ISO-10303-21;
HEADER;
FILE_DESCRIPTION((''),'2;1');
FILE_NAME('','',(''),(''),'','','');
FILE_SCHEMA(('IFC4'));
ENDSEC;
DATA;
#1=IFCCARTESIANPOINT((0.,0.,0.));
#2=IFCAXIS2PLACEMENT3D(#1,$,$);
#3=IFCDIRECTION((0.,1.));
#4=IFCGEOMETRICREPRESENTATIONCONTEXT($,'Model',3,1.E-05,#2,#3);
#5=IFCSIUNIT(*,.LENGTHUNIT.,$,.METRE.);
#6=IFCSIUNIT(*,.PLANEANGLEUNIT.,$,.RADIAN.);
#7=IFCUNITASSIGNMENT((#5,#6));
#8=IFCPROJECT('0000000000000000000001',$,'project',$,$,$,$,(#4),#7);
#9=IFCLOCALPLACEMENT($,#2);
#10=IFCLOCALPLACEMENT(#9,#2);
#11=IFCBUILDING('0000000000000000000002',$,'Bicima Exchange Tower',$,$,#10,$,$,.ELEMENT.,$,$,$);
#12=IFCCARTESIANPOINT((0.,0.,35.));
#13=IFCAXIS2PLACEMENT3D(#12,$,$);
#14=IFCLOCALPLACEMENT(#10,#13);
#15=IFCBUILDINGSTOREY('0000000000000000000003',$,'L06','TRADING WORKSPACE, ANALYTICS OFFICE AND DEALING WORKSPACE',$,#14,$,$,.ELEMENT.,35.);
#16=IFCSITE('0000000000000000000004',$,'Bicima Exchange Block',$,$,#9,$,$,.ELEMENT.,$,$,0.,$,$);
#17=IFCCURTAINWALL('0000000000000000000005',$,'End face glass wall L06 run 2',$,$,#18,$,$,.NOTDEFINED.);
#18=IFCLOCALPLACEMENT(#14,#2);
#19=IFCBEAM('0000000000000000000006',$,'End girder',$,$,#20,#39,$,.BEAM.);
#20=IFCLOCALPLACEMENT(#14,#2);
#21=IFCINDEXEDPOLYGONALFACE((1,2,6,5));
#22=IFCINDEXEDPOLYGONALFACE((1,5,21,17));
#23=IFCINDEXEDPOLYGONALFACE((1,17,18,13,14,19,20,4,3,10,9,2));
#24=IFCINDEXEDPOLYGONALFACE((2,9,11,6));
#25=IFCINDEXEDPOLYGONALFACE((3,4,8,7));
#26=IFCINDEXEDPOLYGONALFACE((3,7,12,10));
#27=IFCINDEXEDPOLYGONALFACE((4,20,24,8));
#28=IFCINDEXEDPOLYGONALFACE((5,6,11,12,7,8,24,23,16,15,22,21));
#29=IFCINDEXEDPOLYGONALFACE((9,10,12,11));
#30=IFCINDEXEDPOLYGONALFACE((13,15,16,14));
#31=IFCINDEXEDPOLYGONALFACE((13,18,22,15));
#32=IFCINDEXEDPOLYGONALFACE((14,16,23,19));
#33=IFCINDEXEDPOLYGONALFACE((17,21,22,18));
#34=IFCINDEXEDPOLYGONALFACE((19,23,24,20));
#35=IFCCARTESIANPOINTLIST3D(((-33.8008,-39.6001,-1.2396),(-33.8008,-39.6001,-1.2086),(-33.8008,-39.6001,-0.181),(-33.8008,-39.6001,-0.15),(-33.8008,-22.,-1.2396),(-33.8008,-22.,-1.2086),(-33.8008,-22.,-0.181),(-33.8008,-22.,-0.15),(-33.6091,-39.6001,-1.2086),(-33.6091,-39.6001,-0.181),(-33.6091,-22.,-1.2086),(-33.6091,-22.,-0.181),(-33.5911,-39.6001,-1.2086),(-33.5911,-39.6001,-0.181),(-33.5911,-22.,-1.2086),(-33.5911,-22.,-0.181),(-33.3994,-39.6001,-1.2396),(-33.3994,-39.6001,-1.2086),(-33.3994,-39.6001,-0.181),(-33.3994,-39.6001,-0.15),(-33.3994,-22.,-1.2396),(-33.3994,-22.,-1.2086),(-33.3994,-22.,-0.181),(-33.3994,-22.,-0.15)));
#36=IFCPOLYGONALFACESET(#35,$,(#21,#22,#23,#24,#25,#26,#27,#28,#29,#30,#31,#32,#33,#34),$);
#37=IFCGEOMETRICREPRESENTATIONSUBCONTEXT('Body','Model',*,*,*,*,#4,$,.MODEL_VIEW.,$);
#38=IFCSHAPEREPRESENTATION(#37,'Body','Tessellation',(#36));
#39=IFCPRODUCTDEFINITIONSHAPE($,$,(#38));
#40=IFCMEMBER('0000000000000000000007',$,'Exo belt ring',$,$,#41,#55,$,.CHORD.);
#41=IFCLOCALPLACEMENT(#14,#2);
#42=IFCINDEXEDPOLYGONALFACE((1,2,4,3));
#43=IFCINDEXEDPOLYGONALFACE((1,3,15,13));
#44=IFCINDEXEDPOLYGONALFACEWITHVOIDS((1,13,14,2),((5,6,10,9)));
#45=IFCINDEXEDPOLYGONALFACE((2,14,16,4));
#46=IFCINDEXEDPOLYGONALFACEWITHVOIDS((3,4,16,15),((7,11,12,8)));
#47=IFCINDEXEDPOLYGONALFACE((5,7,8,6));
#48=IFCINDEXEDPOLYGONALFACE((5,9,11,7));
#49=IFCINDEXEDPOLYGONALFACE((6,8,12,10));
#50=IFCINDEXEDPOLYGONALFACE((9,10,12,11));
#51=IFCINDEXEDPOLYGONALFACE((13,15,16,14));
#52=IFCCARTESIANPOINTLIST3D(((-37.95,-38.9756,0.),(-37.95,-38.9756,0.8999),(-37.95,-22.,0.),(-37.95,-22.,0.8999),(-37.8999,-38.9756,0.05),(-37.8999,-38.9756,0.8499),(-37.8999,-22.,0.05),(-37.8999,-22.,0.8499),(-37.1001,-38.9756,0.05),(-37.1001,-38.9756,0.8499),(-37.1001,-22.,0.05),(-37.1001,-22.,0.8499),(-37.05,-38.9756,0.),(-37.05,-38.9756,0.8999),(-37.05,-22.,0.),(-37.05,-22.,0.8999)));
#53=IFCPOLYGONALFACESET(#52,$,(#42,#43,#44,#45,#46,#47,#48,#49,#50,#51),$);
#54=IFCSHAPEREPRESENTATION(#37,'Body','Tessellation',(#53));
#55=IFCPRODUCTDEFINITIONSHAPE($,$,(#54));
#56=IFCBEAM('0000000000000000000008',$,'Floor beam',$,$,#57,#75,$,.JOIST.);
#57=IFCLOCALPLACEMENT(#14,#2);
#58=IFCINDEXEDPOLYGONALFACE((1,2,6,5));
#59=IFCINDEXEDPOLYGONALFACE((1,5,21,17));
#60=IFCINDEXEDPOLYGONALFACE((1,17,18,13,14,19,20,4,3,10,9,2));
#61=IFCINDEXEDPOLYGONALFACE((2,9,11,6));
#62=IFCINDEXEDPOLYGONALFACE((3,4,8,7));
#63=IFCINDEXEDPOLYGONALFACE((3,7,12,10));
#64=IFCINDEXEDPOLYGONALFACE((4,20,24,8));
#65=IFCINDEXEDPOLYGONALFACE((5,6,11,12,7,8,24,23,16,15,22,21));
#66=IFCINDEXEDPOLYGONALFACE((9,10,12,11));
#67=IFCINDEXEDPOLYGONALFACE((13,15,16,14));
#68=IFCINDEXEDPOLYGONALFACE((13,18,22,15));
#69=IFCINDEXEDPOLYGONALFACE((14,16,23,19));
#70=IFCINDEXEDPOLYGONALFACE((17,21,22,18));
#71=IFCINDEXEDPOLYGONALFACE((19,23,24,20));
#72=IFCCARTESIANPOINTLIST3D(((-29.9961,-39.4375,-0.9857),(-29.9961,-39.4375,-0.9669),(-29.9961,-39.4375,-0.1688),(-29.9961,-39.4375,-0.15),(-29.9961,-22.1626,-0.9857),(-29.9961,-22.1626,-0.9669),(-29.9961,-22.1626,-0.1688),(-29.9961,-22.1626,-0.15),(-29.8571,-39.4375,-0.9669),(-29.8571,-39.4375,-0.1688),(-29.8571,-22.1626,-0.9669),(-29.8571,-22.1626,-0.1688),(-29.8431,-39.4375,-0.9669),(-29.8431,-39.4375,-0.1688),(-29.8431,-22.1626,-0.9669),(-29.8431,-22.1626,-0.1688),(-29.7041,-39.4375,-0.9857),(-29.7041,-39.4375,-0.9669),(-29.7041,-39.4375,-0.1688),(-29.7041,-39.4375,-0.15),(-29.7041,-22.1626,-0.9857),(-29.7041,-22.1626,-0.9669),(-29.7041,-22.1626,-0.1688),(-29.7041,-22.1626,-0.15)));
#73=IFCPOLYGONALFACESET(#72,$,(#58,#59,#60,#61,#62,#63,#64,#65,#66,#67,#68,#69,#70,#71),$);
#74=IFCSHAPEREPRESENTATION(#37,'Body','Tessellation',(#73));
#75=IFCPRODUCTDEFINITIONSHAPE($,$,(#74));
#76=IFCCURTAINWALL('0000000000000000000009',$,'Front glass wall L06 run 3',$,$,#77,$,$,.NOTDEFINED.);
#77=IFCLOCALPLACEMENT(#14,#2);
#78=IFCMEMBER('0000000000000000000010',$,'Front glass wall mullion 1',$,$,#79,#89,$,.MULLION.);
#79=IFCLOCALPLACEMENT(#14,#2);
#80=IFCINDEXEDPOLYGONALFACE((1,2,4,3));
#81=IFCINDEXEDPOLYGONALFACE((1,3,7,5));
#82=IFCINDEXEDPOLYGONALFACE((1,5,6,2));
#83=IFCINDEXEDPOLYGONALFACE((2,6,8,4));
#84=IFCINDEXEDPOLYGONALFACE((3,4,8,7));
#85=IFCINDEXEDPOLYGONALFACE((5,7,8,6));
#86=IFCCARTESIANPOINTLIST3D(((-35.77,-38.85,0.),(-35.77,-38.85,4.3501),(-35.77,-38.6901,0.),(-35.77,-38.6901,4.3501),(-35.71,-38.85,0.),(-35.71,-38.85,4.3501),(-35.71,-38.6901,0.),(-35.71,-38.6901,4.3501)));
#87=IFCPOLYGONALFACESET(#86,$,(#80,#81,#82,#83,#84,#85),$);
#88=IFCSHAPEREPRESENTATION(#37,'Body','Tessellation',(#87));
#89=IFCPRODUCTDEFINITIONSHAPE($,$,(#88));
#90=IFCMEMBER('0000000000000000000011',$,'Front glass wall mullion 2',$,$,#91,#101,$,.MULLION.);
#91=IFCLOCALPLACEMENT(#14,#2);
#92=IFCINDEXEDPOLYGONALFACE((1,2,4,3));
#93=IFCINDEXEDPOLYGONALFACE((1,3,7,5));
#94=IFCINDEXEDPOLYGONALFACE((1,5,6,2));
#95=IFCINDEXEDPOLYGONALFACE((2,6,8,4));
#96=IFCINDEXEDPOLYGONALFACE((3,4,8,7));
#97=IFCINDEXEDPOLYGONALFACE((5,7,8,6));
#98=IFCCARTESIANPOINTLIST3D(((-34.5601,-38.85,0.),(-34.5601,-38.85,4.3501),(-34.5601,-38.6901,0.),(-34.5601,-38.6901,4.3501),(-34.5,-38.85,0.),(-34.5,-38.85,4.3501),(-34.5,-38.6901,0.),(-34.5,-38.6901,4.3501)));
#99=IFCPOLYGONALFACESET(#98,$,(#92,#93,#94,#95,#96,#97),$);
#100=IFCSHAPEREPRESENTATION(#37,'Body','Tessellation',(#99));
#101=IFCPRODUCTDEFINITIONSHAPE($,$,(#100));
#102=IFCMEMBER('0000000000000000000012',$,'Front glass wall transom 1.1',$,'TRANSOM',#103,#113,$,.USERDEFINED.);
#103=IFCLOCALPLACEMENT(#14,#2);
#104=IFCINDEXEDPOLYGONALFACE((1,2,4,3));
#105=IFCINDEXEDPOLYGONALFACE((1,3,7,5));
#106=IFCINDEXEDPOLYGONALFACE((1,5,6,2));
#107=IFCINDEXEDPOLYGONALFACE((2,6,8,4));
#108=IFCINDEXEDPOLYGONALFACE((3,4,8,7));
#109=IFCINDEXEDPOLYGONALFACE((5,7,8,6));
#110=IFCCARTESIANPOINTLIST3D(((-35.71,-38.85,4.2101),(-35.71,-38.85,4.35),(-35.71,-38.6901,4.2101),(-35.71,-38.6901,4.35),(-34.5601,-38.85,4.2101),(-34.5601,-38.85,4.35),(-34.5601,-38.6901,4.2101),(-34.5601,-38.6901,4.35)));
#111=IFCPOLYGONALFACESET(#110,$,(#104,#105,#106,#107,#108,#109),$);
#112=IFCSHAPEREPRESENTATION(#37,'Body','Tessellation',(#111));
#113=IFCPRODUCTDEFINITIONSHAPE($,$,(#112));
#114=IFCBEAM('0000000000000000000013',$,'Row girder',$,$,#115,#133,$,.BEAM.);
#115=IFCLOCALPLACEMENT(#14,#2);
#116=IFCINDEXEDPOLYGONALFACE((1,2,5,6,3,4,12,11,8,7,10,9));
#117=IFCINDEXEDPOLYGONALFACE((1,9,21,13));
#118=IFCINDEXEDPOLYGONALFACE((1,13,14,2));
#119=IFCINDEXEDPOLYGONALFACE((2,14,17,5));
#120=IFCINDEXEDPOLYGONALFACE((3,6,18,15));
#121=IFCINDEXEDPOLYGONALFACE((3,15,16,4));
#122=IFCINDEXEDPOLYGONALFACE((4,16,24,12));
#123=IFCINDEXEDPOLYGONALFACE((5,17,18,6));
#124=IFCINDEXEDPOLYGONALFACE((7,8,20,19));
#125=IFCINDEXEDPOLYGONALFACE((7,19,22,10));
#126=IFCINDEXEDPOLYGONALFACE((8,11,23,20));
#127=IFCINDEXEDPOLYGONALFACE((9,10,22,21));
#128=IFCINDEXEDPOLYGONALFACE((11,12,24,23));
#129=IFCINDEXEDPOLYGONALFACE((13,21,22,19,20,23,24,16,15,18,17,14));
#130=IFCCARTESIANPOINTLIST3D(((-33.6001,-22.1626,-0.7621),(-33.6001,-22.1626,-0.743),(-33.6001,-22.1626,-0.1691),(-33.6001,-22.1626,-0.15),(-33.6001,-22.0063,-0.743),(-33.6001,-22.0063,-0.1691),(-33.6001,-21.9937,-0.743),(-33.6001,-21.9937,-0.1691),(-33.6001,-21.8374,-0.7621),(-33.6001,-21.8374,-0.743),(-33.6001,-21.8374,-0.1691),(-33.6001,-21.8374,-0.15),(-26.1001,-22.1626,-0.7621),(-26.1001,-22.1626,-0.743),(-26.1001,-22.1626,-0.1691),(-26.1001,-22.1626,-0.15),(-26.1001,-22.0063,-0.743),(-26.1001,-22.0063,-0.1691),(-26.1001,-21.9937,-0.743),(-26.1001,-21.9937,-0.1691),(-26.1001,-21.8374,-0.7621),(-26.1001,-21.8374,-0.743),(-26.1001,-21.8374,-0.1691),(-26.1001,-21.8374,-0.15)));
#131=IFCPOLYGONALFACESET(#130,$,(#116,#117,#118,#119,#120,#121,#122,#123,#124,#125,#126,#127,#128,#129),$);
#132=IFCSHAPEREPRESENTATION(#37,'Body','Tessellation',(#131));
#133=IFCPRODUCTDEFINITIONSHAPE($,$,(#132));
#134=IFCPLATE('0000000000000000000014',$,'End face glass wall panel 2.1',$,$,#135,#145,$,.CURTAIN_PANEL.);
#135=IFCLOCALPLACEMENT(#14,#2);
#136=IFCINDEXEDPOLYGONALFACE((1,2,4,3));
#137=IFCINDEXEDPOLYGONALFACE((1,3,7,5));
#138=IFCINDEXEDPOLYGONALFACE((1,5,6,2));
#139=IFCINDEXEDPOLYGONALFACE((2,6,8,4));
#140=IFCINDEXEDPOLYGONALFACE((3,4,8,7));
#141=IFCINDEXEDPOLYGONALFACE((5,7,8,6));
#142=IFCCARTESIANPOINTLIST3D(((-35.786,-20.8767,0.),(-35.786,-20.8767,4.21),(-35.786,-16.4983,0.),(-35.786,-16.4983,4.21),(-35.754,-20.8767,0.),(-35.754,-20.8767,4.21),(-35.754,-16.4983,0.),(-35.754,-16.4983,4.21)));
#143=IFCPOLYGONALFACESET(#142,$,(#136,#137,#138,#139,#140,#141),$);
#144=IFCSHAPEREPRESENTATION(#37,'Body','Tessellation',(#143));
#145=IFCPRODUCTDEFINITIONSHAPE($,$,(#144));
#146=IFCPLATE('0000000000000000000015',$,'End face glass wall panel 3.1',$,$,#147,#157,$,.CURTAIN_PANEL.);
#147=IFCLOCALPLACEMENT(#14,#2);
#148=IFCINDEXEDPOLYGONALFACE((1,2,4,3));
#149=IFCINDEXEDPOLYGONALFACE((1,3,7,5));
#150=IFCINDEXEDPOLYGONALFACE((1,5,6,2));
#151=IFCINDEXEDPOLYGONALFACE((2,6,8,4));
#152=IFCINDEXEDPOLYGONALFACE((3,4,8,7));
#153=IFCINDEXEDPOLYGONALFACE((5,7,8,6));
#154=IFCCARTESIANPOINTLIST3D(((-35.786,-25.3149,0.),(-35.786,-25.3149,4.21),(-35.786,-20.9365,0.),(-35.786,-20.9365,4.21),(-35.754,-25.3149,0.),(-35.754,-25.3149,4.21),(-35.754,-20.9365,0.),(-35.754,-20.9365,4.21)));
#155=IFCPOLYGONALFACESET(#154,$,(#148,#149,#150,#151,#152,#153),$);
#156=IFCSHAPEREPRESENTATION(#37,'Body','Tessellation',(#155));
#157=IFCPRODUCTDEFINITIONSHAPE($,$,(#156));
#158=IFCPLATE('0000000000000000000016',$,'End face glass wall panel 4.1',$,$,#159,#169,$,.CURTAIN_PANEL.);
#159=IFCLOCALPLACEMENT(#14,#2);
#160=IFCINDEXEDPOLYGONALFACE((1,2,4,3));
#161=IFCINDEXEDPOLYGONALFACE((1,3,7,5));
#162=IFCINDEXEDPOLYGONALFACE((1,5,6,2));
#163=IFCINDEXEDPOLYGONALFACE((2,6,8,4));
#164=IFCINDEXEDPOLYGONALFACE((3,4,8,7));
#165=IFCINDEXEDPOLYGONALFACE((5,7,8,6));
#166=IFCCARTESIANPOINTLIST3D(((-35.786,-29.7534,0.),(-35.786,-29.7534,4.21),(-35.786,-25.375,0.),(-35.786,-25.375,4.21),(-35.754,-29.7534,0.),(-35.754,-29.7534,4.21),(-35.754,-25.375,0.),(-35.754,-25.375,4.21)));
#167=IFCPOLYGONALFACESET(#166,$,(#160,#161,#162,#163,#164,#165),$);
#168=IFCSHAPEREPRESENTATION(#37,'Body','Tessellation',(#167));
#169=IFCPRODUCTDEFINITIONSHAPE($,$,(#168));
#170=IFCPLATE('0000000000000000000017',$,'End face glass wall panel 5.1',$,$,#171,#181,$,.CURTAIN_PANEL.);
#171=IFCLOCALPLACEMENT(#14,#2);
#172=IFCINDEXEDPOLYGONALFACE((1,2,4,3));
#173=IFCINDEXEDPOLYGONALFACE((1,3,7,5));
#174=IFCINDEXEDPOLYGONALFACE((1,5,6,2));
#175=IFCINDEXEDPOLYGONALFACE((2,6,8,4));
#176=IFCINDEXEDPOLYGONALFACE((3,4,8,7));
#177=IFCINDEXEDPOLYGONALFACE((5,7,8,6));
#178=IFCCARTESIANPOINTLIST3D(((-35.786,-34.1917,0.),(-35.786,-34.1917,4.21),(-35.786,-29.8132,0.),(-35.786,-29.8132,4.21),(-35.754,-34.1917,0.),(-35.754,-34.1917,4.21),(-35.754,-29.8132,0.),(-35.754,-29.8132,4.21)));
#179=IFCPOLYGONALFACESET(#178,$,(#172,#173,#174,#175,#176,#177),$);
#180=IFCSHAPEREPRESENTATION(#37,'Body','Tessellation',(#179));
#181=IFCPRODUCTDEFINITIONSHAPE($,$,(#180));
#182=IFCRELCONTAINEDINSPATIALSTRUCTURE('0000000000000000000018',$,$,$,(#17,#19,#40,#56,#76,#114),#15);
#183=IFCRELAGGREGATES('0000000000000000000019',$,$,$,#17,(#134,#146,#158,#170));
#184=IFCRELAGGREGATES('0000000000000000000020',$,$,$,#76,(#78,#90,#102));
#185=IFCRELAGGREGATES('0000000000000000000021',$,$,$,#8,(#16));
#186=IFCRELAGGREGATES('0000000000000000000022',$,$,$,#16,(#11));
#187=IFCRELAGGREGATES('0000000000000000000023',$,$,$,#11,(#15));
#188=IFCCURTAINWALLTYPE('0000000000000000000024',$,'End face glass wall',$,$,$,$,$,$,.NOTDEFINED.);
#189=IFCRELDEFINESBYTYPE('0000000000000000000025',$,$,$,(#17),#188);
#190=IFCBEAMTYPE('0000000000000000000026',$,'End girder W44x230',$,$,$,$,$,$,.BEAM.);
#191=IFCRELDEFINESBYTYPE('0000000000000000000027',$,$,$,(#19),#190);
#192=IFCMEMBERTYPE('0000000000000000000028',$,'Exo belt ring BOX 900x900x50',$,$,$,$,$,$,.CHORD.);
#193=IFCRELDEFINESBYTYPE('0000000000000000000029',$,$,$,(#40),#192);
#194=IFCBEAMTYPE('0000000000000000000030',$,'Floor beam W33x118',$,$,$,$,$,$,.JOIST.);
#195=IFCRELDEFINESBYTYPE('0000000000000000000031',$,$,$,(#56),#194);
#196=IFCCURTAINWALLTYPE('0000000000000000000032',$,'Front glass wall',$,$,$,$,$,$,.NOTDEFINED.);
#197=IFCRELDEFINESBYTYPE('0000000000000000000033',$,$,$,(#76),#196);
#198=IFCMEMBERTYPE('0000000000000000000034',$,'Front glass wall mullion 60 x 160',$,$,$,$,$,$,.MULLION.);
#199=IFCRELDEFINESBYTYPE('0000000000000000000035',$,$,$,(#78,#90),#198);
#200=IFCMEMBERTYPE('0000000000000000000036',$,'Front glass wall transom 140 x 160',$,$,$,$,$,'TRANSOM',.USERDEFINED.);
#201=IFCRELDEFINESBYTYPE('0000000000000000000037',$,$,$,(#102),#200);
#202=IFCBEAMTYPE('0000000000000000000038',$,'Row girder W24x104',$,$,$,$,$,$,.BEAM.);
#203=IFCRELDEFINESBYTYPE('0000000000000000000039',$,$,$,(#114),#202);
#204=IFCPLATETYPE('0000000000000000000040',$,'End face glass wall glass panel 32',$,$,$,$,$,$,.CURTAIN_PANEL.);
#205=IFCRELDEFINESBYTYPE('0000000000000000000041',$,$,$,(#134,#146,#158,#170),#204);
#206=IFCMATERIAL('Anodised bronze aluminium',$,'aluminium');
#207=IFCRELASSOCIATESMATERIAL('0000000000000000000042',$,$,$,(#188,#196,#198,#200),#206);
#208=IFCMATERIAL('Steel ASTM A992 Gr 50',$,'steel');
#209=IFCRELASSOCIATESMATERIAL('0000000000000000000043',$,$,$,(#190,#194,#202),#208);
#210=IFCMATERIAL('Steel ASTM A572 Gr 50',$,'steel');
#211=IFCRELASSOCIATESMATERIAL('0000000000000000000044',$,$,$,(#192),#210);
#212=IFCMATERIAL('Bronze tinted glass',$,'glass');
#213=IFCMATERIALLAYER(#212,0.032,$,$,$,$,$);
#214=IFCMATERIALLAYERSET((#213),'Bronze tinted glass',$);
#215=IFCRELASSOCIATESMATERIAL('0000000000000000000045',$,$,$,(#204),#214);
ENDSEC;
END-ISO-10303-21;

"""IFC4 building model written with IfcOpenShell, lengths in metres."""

from ifc_helpers import new_model, si_unit, direction, frame, origin, origin_2d, place, context, subcontext, project, spatial, rectangle, hollow_rectangle, i_section, extrude, material, layer, layer_set, material_profile, profile_set, type_object, element, aggregate, save


model = new_model("IFC4")

# Units and contexts
model_context = context("Model", 3, precision=1e-05, world=origin(), true_north=direction((0.0, 1.0)))
body_context = subcontext(model_context, "Body", "Model", "MODEL_VIEW")
ifc_project = project(units=[si_unit("LENGTHUNIT", "METRE"), si_unit("PLANEANGLEUNIT", "RADIAN")], contexts=[model_context])

# Site, building, storey
site_placement = place(None, origin())
site = spatial("IfcSite", under=ifc_project, at=site_placement, Name="Bicima Exchange Block", CompositionType="ELEMENT", RefElevation=0.0)
building_placement = place(site_placement, origin())
building = spatial("IfcBuilding", under=site, at=building_placement, Name="Bicima Exchange Tower", CompositionType="ELEMENT")
storey_placement = place(building_placement, frame((0.0, 0.0, 35.0)))
storey = spatial("IfcBuildingStorey", under=building, at=storey_placement, Name="L06", Description="TRADING WORKSPACE, ANALYTICS OFFICE AND DEALING WORKSPACE", CompositionType="ELEMENT", Elevation=35.0)

# Shared definitions
ifc_material_1 = material(Name="Steel ASTM A572 Gr 50", Category="steel")
ifc_material_2 = material(Name="Steel ASTM A992 Gr 50", Category="steel")

# Curtain wall
ifc_material_3 = material(Name="Anodised bronze aluminium", Category="aluminium")
curtain_wall_type_1 = type_object("IfcCurtainWallType", Name="End face glass wall", PredefinedType="NOTDEFINED", material=ifc_material_3)
curtain_wall_1_placement = place(storey_placement, origin())
curtain_wall_1 = element("IfcCurtainWall", 1, at=curtain_wall_1_placement, inside=storey, type_object=curtain_wall_type_1, Name="End face glass wall L06 run 2", PredefinedType="NOTDEFINED")
ifc_material_profile_1 = material_profile(ifc_material_3, rectangle(XDim=0.1599, YDim=0.0601, at=origin_2d()))
ifc_profile_set_1 = profile_set([ifc_material_profile_1], Name="Anodised bronze aluminium")
ifc_material_profile_2 = material_profile(ifc_material_3, rectangle(XDim=0.1599, YDim=0.1399, at=origin_2d()))
ifc_profile_set_2 = profile_set([ifc_material_profile_2], Name="Anodised bronze aluminium")

# Beam
ifc_material_profile_3 = material_profile(ifc_material_2, i_section(OverallWidth=0.4014, OverallDepth=1.0896, WebThickness=0.0181, FlangeThickness=0.031, at=origin_2d()))
ifc_profile_set_3 = profile_set([ifc_material_profile_3], Name="Steel ASTM A992 Gr 50")
beam_type_1 = type_object("IfcBeamType", Name="End girder W44x230", PredefinedType="BEAM", material=ifc_profile_set_3)
beam_1_placement = place(storey_placement, frame((-33.6001, -22.0, -0.6948), z_axis=(0.0, -1.0, 0.0), x_axis=(1.0, 0.0, 0.0)))
element("IfcBeam", 2, at=beam_1_placement, inside=storey, type_object=beam_type_1, Name="End girder", PredefinedType="BEAM", context=body_context, shape_type="SweptSolid", body=[
    extrude(i_section(OverallWidth=0.4014, OverallDepth=1.0896, WebThickness=0.0181, FlangeThickness=0.031, at=origin_2d()), origin(), (0.0, 0.0, 1.0), 17.6001),
])

# Member
ifc_material_profile_4 = material_profile(ifc_material_1, hollow_rectangle(XDim=0.8999, YDim=0.8999, WallThickness=0.05, at=origin_2d()))
ifc_profile_set_4 = profile_set([ifc_material_profile_4], Name="Steel ASTM A572 Gr 50")
member_type_1 = type_object("IfcMemberType", Name="Exo belt ring BOX 900x900x50", PredefinedType="CHORD", material=ifc_profile_set_4)
member_1_placement = place(storey_placement, frame((-37.5, -22.0, 0.45), z_axis=(0.0, -1.0, 0.0), x_axis=(1.0, 0.0, 0.0)))
element("IfcMember", 3, at=member_1_placement, inside=storey, type_object=member_type_1, Name="Exo belt ring", PredefinedType="CHORD", context=body_context, shape_type="SweptSolid", body=[
    extrude(hollow_rectangle(XDim=0.8999, YDim=0.8999, WallThickness=0.05, at=origin_2d()), origin(), (0.0, 0.0, 1.0), 16.9756),
])

# Beam
ifc_material_profile_5 = material_profile(ifc_material_2, i_section(OverallWidth=0.292, OverallDepth=0.8357, WebThickness=0.0139, FlangeThickness=0.0188, at=origin_2d()))
ifc_profile_set_5 = profile_set([ifc_material_profile_5], Name="Steel ASTM A992 Gr 50")
beam_type_2 = type_object("IfcBeamType", Name="Floor beam W33x118", PredefinedType="JOIST", material=ifc_profile_set_5)
beam_2_placement = place(storey_placement, frame((-29.8501, -22.1626, -0.5679), z_axis=(0.0, -1.0, 0.0), x_axis=(1.0, 0.0, 0.0)))
element("IfcBeam", 4, at=beam_2_placement, inside=storey, type_object=beam_type_2, Name="Floor beam", PredefinedType="JOIST", context=body_context, shape_type="SweptSolid", body=[
    extrude(i_section(OverallWidth=0.292, OverallDepth=0.8357, WebThickness=0.0139, FlangeThickness=0.0188, at=origin_2d()), origin(), (0.0, 0.0, 1.0), 17.2749),
])

# Curtain wall, members
curtain_wall_type_2 = type_object("IfcCurtainWallType", Name="Front glass wall", PredefinedType="NOTDEFINED", material=ifc_material_3)
curtain_wall_2_placement = place(storey_placement, origin())
curtain_wall_2 = element("IfcCurtainWall", 5, at=curtain_wall_2_placement, inside=storey, type_object=curtain_wall_type_2, Name="Front glass wall L06 run 3", PredefinedType="NOTDEFINED")
member_type_2 = type_object("IfcMemberType", Name="Front glass wall mullion 60 x 160", PredefinedType="MULLION", material=ifc_profile_set_1)
member_2_placement = place(storey_placement, frame((-35.74, -38.77, 0.0), z_axis=(0.0, 0.0, 1.0), x_axis=(0.0, 1.0, 0.0)))
member_2 = element("IfcMember", 6, at=member_2_placement, type_object=member_type_2, Name="Front glass wall mullion 1", PredefinedType="MULLION", context=body_context, shape_type="SweptSolid", body=[
    extrude(rectangle(XDim=0.1599, YDim=0.0601, at=origin_2d()), origin(), (0.0, 0.0, 1.0), 4.3501),
])
member_3_placement = place(storey_placement, frame((-34.53, -38.77, 0.0), z_axis=(0.0, 0.0, 1.0), x_axis=(0.0, 1.0, 0.0)))
member_3 = element("IfcMember", 7, at=member_3_placement, type_object=member_type_2, Name="Front glass wall mullion 2", PredefinedType="MULLION", context=body_context, shape_type="SweptSolid", body=[
    extrude(rectangle(XDim=0.1599, YDim=0.0601, at=origin_2d()), origin(), (0.0, 0.0, 1.0), 4.3501),
])
member_type_3 = type_object("IfcMemberType", Name="Front glass wall transom 140 x 160", ElementType="TRANSOM", PredefinedType="USERDEFINED", material=ifc_profile_set_2)
member_4_placement = place(storey_placement, frame((-35.71, -38.77, 4.28), z_axis=(1.0, 0.0, 0.0), x_axis=(0.0, 1.0, 0.0)))
member_4 = element("IfcMember", 8, at=member_4_placement, type_object=member_type_3, Name="Front glass wall transom 1.1", ObjectType="TRANSOM", PredefinedType="USERDEFINED", context=body_context, shape_type="SweptSolid", body=[
    extrude(rectangle(XDim=0.1599, YDim=0.1399, at=origin_2d()), origin(), (0.0, 0.0, 1.0), 1.1499),
])

# Beam
ifc_material_profile_6 = material_profile(ifc_material_2, i_section(OverallWidth=0.3252, OverallDepth=0.6121, WebThickness=0.0127, FlangeThickness=0.019, at=origin_2d()))
ifc_profile_set_6 = profile_set([ifc_material_profile_6], Name="Steel ASTM A992 Gr 50")
beam_type_3 = type_object("IfcBeamType", Name="Row girder W24x104", PredefinedType="BEAM", material=ifc_profile_set_6)
beam_3_placement = place(storey_placement, frame((-33.6001, -22.0, -0.4561), z_axis=(1.0, 0.0, 0.0), x_axis=(0.0, 1.0, 0.0)))
element("IfcBeam", 9, at=beam_3_placement, inside=storey, type_object=beam_type_3, Name="Row girder", PredefinedType="BEAM", context=body_context, shape_type="SweptSolid", body=[
    extrude(i_section(OverallWidth=0.3252, OverallDepth=0.6121, WebThickness=0.0127, FlangeThickness=0.019, at=origin_2d()), origin(), (0.0, 0.0, 1.0), 7.5),
])

# Plates
ifc_material_4 = material(Name="Bronze tinted glass", Category="glass")
ifc_layer_1 = layer(ifc_material_4, 0.032)
ifc_layer_set_1 = layer_set([ifc_layer_1], Name="Bronze tinted glass")
plate_type_1 = type_object("IfcPlateType", Name="End face glass wall glass panel 32", PredefinedType="CURTAIN_PANEL", material=ifc_layer_set_1)
plate_1_placement = place(storey_placement, frame((-35.77, -18.6875, 0.0), z_axis=(0.0, 0.0, 1.0), x_axis=(0.0, -1.0, 0.0)))
plate_1 = element("IfcPlate", 10, at=plate_1_placement, type_object=plate_type_1, Name="End face glass wall panel 2.1", PredefinedType="CURTAIN_PANEL", context=body_context, shape_type="SweptSolid", body=[
    extrude(rectangle(XDim=4.3784, YDim=0.032, at=origin_2d()), origin(), (0.0, 0.0, 1.0), 4.21),
])
plate_2_placement = place(storey_placement, frame((-35.77, -23.1257, 0.0), z_axis=(0.0, 0.0, 1.0), x_axis=(0.0, -1.0, 0.0)))
plate_2 = element("IfcPlate", 11, at=plate_2_placement, type_object=plate_type_1, Name="End face glass wall panel 3.1", PredefinedType="CURTAIN_PANEL", context=body_context, shape_type="SweptSolid", body=[
    extrude(rectangle(XDim=4.3784, YDim=0.032, at=origin_2d()), origin(), (0.0, 0.0, 1.0), 4.21),
])
plate_3_placement = place(storey_placement, frame((-35.77, -27.5642, 0.0), z_axis=(0.0, 0.0, 1.0), x_axis=(0.0, -1.0, 0.0)))
plate_3 = element("IfcPlate", 12, at=plate_3_placement, type_object=plate_type_1, Name="End face glass wall panel 4.1", PredefinedType="CURTAIN_PANEL", context=body_context, shape_type="SweptSolid", body=[
    extrude(rectangle(XDim=4.3784, YDim=0.032, at=origin_2d()), origin(), (0.0, 0.0, 1.0), 4.21),
])
plate_4_placement = place(storey_placement, frame((-35.77, -32.0024, 0.0), z_axis=(0.0, 0.0, 1.0), x_axis=(0.0, -1.0, 0.0)))
plate_4 = element("IfcPlate", 13, at=plate_4_placement, type_object=plate_type_1, Name="End face glass wall panel 5.1", PredefinedType="CURTAIN_PANEL", context=body_context, shape_type="SweptSolid", body=[
    extrude(rectangle(XDim=4.3784, YDim=0.032, at=origin_2d()), origin(), (0.0, 0.0, 1.0), 4.21),
])
aggregate(curtain_wall_1, [plate_1, plate_2, plate_3, plate_4])
aggregate(curtain_wall_2, [member_2, member_3, member_4])

save(model, "model.ifc")
